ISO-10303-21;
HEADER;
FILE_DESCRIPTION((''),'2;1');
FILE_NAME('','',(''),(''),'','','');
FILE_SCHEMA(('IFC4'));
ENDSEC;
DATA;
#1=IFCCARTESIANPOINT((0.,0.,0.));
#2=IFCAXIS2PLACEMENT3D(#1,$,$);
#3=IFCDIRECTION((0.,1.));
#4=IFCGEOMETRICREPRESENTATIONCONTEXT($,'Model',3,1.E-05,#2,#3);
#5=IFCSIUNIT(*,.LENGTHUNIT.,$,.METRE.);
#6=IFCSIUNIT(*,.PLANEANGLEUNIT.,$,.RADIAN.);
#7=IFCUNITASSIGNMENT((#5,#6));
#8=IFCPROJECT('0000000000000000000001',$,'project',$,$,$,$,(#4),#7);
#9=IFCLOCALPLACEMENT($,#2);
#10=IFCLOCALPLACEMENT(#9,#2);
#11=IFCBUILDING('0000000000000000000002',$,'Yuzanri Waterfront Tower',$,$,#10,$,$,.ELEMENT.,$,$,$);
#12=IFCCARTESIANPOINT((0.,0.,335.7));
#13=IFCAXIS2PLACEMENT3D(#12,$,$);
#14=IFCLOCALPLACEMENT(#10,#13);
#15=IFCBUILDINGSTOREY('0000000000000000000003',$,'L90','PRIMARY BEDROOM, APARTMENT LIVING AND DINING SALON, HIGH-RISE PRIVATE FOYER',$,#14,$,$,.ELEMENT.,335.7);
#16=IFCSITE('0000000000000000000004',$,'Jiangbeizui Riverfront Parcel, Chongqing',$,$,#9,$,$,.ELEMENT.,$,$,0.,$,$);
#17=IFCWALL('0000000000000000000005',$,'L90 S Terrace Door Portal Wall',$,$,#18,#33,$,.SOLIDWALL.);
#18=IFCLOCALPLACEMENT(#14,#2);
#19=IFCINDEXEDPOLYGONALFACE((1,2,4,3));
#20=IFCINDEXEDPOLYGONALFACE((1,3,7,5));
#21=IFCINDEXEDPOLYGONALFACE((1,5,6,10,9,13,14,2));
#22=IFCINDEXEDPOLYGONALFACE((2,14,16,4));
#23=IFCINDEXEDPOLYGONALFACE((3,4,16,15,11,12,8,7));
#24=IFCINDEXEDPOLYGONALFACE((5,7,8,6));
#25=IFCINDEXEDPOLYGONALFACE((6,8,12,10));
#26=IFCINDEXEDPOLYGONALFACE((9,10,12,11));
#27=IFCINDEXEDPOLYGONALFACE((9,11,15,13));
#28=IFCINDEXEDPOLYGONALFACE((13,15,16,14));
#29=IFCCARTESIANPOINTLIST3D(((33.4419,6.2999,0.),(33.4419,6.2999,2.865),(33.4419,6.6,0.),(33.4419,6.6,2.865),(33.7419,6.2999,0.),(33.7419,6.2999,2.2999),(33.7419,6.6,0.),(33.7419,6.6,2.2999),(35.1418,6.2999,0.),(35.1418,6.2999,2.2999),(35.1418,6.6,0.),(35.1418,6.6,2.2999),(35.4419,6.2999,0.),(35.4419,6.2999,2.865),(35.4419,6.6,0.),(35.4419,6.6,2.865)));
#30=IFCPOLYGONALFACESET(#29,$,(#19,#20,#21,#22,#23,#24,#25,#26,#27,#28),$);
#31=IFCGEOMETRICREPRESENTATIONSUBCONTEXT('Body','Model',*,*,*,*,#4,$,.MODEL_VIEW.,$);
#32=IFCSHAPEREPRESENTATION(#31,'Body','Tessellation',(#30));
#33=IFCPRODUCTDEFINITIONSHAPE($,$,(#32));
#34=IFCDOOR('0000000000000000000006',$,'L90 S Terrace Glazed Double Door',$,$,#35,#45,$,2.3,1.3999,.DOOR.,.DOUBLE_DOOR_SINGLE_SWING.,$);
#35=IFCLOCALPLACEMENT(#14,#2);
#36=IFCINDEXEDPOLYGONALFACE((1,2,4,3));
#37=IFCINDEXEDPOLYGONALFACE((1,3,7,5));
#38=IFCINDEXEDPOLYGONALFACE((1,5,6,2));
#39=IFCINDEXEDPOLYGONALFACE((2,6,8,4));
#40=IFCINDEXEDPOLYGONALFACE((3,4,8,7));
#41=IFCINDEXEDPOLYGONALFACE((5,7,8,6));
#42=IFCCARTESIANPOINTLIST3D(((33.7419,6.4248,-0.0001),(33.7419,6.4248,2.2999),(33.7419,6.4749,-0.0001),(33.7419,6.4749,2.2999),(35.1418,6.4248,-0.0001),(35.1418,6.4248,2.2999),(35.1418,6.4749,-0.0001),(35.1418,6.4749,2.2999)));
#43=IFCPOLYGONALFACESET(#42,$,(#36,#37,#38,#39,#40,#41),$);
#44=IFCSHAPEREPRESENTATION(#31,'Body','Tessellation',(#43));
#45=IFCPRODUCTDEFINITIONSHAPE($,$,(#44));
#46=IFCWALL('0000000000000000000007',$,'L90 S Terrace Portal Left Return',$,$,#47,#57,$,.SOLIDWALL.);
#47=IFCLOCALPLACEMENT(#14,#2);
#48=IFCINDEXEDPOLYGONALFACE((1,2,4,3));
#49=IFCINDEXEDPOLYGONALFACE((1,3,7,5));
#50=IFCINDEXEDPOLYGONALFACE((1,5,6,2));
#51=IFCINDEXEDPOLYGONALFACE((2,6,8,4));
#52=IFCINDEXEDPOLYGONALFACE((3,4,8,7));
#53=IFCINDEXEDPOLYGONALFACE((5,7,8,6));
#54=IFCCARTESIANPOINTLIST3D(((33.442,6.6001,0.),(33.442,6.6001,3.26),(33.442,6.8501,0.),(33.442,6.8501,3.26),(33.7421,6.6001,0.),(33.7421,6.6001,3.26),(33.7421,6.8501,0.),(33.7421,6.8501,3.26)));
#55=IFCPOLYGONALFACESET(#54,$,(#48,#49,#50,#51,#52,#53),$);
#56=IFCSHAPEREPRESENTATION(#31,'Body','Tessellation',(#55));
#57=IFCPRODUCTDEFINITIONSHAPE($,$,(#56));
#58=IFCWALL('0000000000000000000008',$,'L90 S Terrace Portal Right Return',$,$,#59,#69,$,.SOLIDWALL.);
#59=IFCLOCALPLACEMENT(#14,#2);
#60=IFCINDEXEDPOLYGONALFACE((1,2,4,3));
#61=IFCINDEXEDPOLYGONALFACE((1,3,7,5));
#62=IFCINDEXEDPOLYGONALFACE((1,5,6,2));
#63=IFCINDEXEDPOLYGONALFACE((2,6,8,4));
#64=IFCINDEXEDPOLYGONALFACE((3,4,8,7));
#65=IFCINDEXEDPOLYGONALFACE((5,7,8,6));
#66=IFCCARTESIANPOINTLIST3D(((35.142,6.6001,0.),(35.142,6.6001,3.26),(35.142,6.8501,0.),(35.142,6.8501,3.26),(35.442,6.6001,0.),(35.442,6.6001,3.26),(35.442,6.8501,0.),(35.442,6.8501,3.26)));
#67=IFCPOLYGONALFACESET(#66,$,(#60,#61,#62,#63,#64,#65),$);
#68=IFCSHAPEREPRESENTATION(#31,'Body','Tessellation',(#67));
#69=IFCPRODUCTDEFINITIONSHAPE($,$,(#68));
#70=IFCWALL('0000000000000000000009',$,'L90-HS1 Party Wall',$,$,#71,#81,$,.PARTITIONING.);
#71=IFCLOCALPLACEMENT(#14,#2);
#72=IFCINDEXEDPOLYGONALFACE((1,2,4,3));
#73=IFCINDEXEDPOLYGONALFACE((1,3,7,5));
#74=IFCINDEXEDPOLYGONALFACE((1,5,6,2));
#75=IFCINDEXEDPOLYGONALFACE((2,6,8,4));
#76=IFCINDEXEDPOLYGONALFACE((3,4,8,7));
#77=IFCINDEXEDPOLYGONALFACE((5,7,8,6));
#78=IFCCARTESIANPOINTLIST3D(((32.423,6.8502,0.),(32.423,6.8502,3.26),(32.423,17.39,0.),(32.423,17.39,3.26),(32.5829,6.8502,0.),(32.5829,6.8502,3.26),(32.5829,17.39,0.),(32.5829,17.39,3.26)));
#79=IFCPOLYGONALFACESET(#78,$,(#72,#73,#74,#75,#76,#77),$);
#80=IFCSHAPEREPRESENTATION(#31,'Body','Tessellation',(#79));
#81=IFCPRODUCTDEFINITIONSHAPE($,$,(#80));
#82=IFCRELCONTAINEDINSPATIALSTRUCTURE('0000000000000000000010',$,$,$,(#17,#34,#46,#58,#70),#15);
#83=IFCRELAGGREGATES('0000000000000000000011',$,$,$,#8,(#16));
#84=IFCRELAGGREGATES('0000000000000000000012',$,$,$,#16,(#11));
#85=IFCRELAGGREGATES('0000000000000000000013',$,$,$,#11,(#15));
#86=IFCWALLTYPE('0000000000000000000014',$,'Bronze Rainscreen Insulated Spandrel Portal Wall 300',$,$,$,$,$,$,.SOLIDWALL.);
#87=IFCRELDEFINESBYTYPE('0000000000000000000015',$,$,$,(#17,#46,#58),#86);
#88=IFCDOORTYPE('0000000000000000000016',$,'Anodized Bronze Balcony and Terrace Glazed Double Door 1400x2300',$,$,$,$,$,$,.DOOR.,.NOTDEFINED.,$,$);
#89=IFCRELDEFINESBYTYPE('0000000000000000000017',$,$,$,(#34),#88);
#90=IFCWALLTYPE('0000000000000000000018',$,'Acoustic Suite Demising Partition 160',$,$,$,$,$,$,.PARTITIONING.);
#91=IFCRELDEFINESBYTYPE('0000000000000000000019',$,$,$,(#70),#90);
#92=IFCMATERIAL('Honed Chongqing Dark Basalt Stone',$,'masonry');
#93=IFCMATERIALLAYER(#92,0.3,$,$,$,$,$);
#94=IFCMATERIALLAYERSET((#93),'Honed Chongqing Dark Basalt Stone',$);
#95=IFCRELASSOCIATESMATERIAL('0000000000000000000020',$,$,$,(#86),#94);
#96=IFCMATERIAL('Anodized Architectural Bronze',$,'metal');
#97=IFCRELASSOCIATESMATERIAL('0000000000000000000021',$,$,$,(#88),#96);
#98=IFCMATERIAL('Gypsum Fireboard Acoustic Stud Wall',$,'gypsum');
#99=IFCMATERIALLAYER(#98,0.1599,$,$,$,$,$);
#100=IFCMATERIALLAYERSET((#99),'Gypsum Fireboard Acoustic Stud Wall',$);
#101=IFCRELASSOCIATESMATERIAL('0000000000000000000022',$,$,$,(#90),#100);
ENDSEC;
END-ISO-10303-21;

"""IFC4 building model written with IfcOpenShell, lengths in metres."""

from ifc_helpers import new_model, si_unit, direction, frame, frame_2d, origin, place, context, subcontext, project, spatial, rectangle, extrude, source, transform, mapped, material, layer, layer_set, type_object, element, fill, save


model = new_model("IFC4")

# Units and contexts
model_context = context("Model", 3, precision=1e-05, world=origin(), true_north=direction((0.0, 1.0)))
body_context = subcontext(model_context, "Body", "Model", "MODEL_VIEW")
ifc_project = project(units=[si_unit("LENGTHUNIT", "METRE"), si_unit("PLANEANGLEUNIT", "RADIAN")], contexts=[model_context])

# Site, building, storey
site_placement = place(None, origin())
site = spatial("IfcSite", under=ifc_project, at=site_placement, Name="Jiangbeizui Riverfront Parcel, Chongqing", CompositionType="ELEMENT", RefElevation=0.0)
building_placement = place(site_placement, origin())
building = spatial("IfcBuilding", under=site, at=building_placement, Name="Yuzanri Waterfront Tower", CompositionType="ELEMENT")
storey_placement = place(building_placement, frame((0.0, 0.0, 335.7)))
storey = spatial("IfcBuildingStorey", under=building, at=storey_placement, Name="L90", Description="PRIMARY BEDROOM, APARTMENT LIVING AND DINING SALON, HIGH-RISE PRIVATE FOYER", CompositionType="ELEMENT", Elevation=335.7)

# Wall, opening, door
ifc_material_1 = material(Name="Honed Chongqing Dark Basalt Stone", Category="masonry")
ifc_layer_1 = layer(ifc_material_1, 0.3)
ifc_layer_set_1 = layer_set([ifc_layer_1], Name="Honed Chongqing Dark Basalt Stone")
wall_type_1 = type_object("IfcWallType", Name="Bronze Rainscreen Insulated Spandrel Portal Wall 300", PredefinedType="SOLIDWALL", material=ifc_layer_set_1)
wall_1_placement = place(storey_placement, frame((33.4419, 6.45, 0.0), z_axis=(0.0, 0.0, 1.0), x_axis=(1.0, 0.0, 0.0)))
wall_1 = element("IfcWall", 1, at=wall_1_placement, inside=storey, type_object=wall_type_1, Name="L90 S Terrace Door Portal Wall", PredefinedType="SOLIDWALL", context=body_context, shape_type="SweptSolid", body=[
    extrude(rectangle(XDim=2.0, YDim=0.3, at=frame_2d((1.0, 0.0))), origin(), (0.0, 0.0, 1.0), 2.865),
])
opening_1_placement = place(wall_1_placement, frame((0.3, 0.0, 0.0)))
opening_1 = element("IfcOpeningElement", 2, at=opening_1_placement, cuts=wall_1, PredefinedType="OPENING", context=body_context, shape_type="SweptSolid", body=[
    extrude(rectangle(XDim=1.3999, YDim=2.3, at=frame_2d((0.7, 1.1499))), frame((0.0, 0.165, 0.0), z_axis=(0.0, -1.0, 0.0), x_axis=(1.0, 0.0, 0.0)), (0.0, 0.0, 1.0), 0.3298),
])
ifc_material_2 = material(Name="Anodized Architectural Bronze", Category="metal")
door_type_1 = type_object("IfcDoorType", Name="Anodized Bronze Balcony and Terrace Glazed Double Door 1400x2300", OperationType="NOTDEFINED", PredefinedType="DOOR", material=ifc_material_2)
shared_shape_1 = source(origin(), body_context, "Body", "SweptSolid", [
    extrude(rectangle(XDim=1.3999, YDim=2.3, at=frame_2d((0.7, 1.1499))), frame((0.0, 0.0249, 0.0), z_axis=(0.0, -1.0, 0.0), x_axis=(1.0, 0.0, 0.0)), (0.0, 0.0, 1.0), 0.05),
])
door_1_placement = place(opening_1_placement, origin())
door_1 = element("IfcDoor", 3, at=door_1_placement, inside=storey, type_object=door_type_1, Name="L90 S Terrace Glazed Double Door", OperationType="DOUBLE_DOOR_SINGLE_SWING", OverallHeight=2.3, OverallWidth=1.3999, PredefinedType="DOOR", context=body_context, shape_type="MappedRepresentation", body=[
    mapped(shared_shape_1, transform((0.0, 0.0, 0.0), scale=1.0)),
])
fill(opening_1, door_1)

# Walls
shared_shape_2 = source(origin(), body_context, "Body", "SweptSolid", [
    extrude(rectangle(XDim=0.25, YDim=0.3, at=frame_2d((0.125, 0.0))), origin(), (0.0, 0.0, 1.0), 3.26),
])
for number, where, z_axis, x_axis, name in (
    (4, (33.592, 6.8501, 0.0), (0.0, 0.0, 1.0), (0.0, -1.0, 0.0), "L90 S Terrace Portal Left Return"),
    (5, (35.292, 6.6001, 0.0), (0.0, 0.0, 1.0), (0.0, 1.0, 0.0), "L90 S Terrace Portal Right Return"),
):
    element("IfcWall", number, at=place(storey_placement, frame(where, z_axis=z_axis, x_axis=x_axis)), inside=storey, type_object=wall_type_1, Name=name, PredefinedType="SOLIDWALL", context=body_context, shape_type="MappedRepresentation", body=[
        mapped(shared_shape_2, transform((0.0, 0.0, 0.0), scale=1.0)),
    ])
ifc_material_3 = material(Name="Gypsum Fireboard Acoustic Stud Wall", Category="gypsum")
ifc_layer_2 = layer(ifc_material_3, 0.1599)
ifc_layer_set_2 = layer_set([ifc_layer_2], Name="Gypsum Fireboard Acoustic Stud Wall")
wall_type_2 = type_object("IfcWallType", Name="Acoustic Suite Demising Partition 160", PredefinedType="PARTITIONING", material=ifc_layer_set_2)
shared_shape_3 = source(origin(), body_context, "Body", "SweptSolid", [
    extrude(rectangle(XDim=10.5398, YDim=0.1599, at=frame_2d((5.27, 0.0))), origin(), (0.0, 0.0, 1.0), 3.26),
])
wall_2_placement = place(storey_placement, frame((32.5029, 6.8501, 0.0), z_axis=(0.0, 0.0, 1.0), x_axis=(0.0, 1.0, 0.0)))
element("IfcWall", 6, at=wall_2_placement, inside=storey, type_object=wall_type_2, Name="L90-HS1 Party Wall", PredefinedType="PARTITIONING", context=body_context, shape_type="MappedRepresentation", body=[
    mapped(shared_shape_3, transform((0.0, 0.0, 0.0), scale=1.0)),
])

save(model, "model.ifc")
